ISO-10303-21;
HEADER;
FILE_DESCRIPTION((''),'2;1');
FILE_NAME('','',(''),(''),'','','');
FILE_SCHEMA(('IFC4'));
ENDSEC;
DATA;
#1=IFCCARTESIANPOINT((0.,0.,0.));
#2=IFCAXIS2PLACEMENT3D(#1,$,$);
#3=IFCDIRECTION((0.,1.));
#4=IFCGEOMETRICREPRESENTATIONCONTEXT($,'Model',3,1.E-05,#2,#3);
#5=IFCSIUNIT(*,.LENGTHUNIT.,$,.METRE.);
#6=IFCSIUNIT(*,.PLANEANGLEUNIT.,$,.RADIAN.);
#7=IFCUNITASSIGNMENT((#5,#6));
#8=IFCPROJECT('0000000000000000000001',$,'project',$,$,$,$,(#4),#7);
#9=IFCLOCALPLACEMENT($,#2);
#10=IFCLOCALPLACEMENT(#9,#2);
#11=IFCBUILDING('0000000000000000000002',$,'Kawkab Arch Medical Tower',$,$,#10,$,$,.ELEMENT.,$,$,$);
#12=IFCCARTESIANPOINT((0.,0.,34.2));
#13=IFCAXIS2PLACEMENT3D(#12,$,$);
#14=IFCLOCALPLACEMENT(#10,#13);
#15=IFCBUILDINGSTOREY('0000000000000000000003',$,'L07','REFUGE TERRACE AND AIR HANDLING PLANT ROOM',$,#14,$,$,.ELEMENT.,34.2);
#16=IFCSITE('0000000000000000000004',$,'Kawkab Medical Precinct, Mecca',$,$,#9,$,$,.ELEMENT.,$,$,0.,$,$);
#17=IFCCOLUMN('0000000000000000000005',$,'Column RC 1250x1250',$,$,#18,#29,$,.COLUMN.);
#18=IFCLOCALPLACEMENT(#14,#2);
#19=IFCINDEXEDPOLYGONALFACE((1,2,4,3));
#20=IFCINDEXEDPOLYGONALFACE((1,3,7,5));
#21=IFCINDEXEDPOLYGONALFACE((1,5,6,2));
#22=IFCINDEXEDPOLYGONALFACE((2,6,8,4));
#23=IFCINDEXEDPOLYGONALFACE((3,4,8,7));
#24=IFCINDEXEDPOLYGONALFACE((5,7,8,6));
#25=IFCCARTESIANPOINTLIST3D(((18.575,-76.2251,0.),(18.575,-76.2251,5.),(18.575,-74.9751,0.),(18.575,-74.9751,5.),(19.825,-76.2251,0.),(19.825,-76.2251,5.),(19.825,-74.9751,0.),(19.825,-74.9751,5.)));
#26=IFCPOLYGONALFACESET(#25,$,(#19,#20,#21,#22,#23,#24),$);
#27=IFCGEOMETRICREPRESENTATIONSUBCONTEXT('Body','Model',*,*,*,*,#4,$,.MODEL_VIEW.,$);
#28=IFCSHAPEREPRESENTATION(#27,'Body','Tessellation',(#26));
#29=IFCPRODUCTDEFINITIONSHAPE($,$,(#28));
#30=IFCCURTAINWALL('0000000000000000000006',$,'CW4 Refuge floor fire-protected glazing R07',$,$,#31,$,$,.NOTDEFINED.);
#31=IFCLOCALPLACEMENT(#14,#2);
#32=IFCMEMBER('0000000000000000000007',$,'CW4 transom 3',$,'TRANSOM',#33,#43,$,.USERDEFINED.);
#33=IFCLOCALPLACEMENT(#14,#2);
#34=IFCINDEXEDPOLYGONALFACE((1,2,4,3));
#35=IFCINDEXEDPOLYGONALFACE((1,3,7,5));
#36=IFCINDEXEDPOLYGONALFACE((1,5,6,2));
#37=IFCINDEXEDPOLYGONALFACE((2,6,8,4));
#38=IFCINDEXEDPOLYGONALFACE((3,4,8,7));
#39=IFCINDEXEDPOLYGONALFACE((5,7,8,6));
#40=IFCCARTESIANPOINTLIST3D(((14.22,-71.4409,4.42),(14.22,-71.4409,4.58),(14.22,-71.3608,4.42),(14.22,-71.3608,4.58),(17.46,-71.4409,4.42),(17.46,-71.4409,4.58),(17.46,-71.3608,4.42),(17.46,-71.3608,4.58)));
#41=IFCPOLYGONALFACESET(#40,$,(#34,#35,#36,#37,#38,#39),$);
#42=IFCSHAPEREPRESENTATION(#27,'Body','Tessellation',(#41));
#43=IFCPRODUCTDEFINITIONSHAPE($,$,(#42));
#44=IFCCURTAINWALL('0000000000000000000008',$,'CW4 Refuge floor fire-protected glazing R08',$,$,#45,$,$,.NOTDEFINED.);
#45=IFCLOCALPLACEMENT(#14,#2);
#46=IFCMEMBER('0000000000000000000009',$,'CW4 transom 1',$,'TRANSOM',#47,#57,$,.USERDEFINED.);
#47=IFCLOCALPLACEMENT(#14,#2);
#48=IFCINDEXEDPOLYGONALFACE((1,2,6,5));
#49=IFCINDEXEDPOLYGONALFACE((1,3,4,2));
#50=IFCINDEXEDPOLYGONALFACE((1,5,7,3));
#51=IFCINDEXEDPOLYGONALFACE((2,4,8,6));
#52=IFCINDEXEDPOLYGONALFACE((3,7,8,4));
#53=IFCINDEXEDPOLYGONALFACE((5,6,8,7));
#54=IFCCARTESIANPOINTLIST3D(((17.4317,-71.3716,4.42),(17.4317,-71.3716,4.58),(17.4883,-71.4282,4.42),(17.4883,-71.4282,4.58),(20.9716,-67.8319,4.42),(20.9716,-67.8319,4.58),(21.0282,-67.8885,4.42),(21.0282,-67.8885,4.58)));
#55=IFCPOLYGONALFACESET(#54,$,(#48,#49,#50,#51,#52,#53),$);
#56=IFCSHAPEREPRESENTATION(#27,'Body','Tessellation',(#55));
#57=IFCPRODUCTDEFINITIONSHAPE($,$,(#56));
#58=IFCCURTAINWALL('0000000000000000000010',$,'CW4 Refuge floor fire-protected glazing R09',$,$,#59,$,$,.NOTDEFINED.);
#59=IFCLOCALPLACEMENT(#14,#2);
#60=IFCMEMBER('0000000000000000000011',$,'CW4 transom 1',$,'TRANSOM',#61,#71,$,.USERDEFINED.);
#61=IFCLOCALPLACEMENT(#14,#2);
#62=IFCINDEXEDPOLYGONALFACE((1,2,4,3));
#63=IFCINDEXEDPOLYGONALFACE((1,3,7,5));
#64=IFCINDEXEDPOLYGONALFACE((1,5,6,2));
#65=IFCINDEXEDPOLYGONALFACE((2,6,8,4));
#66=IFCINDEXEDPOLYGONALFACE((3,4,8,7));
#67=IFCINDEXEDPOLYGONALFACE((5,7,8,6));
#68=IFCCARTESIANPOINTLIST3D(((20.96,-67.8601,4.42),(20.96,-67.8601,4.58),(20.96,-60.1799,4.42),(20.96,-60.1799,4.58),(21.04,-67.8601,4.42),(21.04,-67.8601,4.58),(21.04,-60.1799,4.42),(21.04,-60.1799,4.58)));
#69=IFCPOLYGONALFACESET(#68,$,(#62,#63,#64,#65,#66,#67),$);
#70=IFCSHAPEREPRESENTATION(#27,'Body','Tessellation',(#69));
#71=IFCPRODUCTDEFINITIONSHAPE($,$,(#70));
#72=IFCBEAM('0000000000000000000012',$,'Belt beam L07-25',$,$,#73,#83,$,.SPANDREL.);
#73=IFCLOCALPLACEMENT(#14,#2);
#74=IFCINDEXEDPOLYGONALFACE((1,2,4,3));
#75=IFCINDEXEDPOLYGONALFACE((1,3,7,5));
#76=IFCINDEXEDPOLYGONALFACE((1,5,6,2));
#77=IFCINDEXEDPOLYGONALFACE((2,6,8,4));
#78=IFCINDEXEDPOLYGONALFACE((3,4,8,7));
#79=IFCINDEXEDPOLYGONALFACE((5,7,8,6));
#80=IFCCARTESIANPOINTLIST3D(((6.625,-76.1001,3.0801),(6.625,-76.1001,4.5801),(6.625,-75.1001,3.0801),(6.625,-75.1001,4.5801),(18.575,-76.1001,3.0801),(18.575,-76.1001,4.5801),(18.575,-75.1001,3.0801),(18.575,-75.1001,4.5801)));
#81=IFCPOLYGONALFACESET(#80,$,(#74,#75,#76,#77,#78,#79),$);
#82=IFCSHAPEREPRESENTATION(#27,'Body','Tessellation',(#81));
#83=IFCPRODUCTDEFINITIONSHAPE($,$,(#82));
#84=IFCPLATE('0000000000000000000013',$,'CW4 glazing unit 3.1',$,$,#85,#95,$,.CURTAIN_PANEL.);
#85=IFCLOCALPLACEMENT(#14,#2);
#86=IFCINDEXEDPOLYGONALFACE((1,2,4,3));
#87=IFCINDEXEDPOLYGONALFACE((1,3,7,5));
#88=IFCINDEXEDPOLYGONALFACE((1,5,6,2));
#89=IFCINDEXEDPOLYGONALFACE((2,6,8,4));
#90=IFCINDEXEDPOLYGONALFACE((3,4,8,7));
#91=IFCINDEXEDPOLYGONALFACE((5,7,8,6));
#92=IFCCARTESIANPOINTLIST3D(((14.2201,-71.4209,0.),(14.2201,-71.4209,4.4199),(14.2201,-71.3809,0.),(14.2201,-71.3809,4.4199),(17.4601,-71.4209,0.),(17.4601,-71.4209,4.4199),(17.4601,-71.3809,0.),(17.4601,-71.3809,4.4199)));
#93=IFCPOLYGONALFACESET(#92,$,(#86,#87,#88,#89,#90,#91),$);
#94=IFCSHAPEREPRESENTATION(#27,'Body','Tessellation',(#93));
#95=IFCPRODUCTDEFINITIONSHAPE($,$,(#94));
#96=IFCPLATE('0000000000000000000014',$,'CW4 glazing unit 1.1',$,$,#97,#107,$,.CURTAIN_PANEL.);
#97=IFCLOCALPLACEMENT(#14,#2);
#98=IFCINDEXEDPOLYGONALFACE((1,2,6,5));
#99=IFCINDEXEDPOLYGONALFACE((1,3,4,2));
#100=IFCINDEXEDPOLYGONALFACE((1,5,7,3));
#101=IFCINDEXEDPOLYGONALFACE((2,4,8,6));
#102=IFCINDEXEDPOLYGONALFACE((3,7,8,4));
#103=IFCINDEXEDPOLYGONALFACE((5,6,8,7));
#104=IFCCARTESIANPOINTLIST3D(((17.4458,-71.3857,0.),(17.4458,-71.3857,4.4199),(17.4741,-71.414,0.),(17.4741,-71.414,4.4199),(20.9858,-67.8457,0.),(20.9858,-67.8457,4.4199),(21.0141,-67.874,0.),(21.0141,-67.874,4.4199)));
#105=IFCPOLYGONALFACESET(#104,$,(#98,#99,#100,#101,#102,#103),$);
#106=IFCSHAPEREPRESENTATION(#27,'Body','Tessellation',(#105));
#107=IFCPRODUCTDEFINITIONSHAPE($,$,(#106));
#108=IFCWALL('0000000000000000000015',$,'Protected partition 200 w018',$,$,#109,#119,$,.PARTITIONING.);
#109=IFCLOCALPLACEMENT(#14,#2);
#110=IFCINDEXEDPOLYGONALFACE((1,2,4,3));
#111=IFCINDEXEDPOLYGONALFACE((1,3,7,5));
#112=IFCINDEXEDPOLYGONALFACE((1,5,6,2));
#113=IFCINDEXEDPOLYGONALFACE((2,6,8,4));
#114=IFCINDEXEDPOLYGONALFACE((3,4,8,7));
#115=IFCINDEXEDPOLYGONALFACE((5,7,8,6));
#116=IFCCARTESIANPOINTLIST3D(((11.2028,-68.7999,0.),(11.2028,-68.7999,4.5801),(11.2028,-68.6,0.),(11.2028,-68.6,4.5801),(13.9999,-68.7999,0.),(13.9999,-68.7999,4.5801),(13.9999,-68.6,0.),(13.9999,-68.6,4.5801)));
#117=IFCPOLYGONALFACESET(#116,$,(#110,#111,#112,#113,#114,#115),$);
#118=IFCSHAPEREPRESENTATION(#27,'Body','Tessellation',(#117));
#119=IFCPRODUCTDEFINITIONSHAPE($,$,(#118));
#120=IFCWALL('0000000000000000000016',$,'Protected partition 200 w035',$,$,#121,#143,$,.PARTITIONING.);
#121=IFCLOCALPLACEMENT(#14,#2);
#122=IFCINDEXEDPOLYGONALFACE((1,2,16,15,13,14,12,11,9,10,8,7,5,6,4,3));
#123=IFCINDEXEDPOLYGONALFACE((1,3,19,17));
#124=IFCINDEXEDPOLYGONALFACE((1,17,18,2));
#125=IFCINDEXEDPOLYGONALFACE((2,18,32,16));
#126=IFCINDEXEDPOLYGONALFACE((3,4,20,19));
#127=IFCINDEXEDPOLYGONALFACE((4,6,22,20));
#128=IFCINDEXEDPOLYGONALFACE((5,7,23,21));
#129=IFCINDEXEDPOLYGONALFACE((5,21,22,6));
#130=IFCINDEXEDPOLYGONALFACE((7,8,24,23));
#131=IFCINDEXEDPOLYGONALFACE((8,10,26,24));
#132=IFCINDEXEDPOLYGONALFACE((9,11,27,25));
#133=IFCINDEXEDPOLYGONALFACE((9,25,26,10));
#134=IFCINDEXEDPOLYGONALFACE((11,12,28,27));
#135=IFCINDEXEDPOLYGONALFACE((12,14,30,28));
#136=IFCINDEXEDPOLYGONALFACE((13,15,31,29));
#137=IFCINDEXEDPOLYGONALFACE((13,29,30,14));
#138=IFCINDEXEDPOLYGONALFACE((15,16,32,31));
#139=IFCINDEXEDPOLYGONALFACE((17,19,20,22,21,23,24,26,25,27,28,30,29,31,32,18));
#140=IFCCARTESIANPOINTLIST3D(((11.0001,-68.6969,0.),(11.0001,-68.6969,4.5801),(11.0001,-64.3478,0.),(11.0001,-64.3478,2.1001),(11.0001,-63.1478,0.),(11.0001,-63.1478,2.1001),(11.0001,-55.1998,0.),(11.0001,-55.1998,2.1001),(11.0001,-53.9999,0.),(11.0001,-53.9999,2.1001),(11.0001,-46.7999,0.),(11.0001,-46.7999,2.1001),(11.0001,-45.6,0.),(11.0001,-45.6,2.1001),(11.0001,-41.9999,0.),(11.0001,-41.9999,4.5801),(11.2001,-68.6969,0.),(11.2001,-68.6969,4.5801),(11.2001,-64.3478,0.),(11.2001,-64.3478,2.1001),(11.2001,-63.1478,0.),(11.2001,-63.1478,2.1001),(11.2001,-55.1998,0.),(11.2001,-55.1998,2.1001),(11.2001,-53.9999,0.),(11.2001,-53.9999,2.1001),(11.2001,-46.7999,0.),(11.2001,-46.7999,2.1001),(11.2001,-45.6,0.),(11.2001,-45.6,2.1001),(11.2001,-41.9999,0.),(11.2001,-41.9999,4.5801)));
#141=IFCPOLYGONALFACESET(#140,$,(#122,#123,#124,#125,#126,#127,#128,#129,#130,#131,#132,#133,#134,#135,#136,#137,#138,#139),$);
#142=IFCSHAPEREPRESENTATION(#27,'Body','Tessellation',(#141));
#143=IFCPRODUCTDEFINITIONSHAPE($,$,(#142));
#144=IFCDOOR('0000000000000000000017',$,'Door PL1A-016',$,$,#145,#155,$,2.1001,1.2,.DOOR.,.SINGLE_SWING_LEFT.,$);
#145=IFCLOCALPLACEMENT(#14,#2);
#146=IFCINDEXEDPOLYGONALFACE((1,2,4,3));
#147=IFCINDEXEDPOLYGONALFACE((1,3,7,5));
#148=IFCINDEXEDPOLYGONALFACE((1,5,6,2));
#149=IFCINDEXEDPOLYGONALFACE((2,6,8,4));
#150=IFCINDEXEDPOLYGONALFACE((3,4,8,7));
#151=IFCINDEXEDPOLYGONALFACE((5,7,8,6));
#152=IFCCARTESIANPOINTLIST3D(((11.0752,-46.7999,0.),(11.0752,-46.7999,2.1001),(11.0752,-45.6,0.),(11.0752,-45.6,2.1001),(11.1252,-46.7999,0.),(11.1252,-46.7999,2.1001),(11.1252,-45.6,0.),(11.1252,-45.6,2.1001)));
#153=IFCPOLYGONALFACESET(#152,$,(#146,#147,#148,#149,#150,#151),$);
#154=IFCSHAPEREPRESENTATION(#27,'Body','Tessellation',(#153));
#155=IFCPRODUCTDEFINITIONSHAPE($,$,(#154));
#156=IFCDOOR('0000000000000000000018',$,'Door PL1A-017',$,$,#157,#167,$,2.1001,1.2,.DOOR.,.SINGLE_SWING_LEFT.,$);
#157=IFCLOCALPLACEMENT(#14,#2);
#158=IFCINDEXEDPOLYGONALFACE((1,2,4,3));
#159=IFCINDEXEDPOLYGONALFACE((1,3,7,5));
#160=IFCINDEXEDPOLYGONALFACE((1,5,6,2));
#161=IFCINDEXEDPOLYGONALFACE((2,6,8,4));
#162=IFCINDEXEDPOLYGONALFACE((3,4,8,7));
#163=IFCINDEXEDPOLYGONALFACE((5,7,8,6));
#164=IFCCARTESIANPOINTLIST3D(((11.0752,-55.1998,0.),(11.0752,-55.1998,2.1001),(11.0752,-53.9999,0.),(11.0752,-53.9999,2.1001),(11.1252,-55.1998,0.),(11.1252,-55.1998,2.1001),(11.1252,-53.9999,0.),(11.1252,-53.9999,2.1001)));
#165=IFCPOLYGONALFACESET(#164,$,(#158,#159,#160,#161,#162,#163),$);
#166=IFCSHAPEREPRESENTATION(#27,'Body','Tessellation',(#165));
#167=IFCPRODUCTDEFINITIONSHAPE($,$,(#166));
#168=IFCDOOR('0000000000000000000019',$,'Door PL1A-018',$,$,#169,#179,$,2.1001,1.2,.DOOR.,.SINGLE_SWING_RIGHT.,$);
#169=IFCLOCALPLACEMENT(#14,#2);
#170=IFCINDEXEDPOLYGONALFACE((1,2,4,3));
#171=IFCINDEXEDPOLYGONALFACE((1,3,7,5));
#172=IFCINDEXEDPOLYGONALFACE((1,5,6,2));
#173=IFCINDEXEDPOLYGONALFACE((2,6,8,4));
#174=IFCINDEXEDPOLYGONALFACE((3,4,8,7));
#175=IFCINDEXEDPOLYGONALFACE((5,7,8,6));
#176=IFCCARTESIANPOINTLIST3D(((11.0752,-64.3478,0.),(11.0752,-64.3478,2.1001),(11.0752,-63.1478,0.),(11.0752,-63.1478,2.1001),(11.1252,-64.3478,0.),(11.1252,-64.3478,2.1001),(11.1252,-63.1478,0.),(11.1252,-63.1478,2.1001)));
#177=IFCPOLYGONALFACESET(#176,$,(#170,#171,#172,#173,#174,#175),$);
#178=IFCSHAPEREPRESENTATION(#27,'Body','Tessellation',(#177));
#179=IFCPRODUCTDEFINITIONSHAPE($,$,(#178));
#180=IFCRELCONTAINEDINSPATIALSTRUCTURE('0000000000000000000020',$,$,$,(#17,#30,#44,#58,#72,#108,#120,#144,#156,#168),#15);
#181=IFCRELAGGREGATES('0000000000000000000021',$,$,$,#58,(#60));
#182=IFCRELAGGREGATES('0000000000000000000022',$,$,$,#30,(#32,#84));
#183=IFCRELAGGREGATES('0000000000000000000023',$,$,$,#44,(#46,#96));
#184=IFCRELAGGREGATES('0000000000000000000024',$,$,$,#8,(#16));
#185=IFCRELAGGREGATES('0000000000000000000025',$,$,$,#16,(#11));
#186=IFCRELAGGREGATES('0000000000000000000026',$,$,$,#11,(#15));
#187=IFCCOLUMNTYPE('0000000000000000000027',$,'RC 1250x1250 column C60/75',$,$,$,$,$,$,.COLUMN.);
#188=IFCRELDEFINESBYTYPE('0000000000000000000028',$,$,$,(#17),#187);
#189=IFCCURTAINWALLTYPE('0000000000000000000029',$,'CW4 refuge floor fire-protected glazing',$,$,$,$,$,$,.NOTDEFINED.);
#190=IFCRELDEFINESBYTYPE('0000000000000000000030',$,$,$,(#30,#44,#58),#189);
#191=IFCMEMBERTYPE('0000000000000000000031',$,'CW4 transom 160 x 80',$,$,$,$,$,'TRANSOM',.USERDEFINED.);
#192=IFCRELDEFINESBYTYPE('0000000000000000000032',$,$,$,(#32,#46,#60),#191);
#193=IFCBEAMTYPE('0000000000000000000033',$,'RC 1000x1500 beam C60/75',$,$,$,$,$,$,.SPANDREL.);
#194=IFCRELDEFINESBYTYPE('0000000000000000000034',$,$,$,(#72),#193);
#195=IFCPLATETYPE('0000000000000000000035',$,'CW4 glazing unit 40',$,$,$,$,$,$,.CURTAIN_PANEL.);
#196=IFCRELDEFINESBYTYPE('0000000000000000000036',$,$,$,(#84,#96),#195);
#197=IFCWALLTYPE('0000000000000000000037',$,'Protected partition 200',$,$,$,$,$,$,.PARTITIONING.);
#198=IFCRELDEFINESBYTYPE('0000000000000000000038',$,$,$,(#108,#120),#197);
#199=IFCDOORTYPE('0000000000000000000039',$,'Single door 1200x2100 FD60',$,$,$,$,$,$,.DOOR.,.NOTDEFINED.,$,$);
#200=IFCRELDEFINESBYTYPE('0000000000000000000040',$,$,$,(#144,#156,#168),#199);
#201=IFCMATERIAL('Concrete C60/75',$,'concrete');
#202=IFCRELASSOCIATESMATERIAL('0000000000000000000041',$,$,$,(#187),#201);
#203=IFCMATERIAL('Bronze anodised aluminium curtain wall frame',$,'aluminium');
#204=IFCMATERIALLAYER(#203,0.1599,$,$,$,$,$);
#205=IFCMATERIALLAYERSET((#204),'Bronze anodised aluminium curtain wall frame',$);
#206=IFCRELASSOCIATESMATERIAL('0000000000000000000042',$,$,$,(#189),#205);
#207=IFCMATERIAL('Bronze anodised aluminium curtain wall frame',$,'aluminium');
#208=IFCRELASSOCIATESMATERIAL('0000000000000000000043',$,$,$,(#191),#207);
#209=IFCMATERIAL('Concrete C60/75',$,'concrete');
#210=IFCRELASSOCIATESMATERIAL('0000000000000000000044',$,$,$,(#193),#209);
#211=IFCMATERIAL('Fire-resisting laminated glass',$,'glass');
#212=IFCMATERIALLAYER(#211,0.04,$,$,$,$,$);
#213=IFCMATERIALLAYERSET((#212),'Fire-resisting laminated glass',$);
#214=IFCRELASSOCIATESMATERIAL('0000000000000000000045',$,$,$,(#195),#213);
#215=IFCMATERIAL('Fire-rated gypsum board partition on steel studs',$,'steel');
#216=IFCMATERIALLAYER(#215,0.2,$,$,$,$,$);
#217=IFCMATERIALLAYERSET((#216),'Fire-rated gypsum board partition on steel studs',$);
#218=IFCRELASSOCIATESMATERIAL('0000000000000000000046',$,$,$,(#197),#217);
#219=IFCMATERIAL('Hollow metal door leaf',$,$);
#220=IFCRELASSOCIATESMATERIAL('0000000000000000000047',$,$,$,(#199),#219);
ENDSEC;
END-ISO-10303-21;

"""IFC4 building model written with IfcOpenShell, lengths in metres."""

from ifc_helpers import new_model, si_unit, direction, frame, frame_2d, origin, origin_2d, place, context, subcontext, project, spatial, rectangle, extrude, material, layer, layer_set, material_profile, profile_set, type_object, element, fill, aggregate, save


model = new_model("IFC4")

# Units and contexts
model_context = context("Model", 3, precision=1e-05, world=origin(), true_north=direction((0.0, 1.0)))
body_context = subcontext(model_context, "Body", "Model", "MODEL_VIEW")
ifc_project = project(units=[si_unit("LENGTHUNIT", "METRE"), si_unit("PLANEANGLEUNIT", "RADIAN")], contexts=[model_context])

# Site, building, storey
site_placement = place(None, origin())
site = spatial("IfcSite", under=ifc_project, at=site_placement, Name="Kawkab Medical Precinct, Mecca", CompositionType="ELEMENT", RefElevation=0.0)
building_placement = place(site_placement, origin())
building = spatial("IfcBuilding", under=site, at=building_placement, Name="Kawkab Arch Medical Tower", CompositionType="ELEMENT")
storey_placement = place(building_placement, frame((0.0, 0.0, 34.2)))
storey = spatial("IfcBuildingStorey", under=building, at=storey_placement, Name="L07", Description="REFUGE TERRACE AND AIR HANDLING PLANT ROOM", CompositionType="ELEMENT", Elevation=34.2)

# Column
ifc_material_1 = material(Name="Concrete C60/75", Category="concrete")
ifc_material_profile_1 = material_profile(ifc_material_1, rectangle(XDim=1.25, YDim=1.25, at=origin_2d()), Name="RC 1250x1250")
ifc_profile_set_1 = profile_set([ifc_material_profile_1], Name="Concrete C60/75")
column_type = type_object("IfcColumnType", Name="RC 1250x1250 column C60/75", PredefinedType="COLUMN", material=ifc_profile_set_1)
column_placement = place(storey_placement, frame((19.2, -75.6001, 0.0), z_axis=(0.0, 0.0, 1.0), x_axis=(1.0, 0.0, 0.0)))
element("IfcColumn", 1, at=column_placement, inside=storey, type_object=column_type, Name="Column RC 1250x1250", PredefinedType="COLUMN", context=body_context, shape_type="SweptSolid", body=[
    extrude(rectangle(XDim=1.25, YDim=1.25, at=origin_2d()), origin(), (0.0, 0.0, 1.0), 5.0),
])

# Curtain walls, members
ifc_material_2 = material(Name="Bronze anodised aluminium curtain wall frame", Category="aluminium")
ifc_layer_1 = layer(ifc_material_2, 0.1599)
ifc_layer_set_1 = layer_set([ifc_layer_1], Name="Bronze anodised aluminium curtain wall frame")
curtain_wall_type = type_object("IfcCurtainWallType", Name="CW4 refuge floor fire-protected glazing", PredefinedType="NOTDEFINED", material=ifc_layer_set_1)
placement = place(storey_placement, origin())
curtain_wall_1 = element("IfcCurtainWall", 2, at=placement, inside=storey, type_object=curtain_wall_type, Name="CW4 Refuge floor fire-protected glazing R07", PredefinedType="NOTDEFINED")
ifc_material_3 = material(Name="Bronze anodised aluminium curtain wall frame", Category="aluminium")
ifc_material_profile_2 = material_profile(ifc_material_3, rectangle(XDim=0.0801, YDim=0.1599, at=origin_2d()), Name="AL 80x160")
ifc_profile_set_2 = profile_set([ifc_material_profile_2], Name="Bronze anodised aluminium curtain wall frame")
member_type = type_object("IfcMemberType", Name="CW4 transom 160 x 80", ElementType="TRANSOM", PredefinedType="USERDEFINED", material=ifc_profile_set_2)
member_1_placement = place(storey_placement, frame((14.22, -71.4009, 4.5), z_axis=(1.0, 0.0, 0.0), x_axis=(0.0, 1.0, 0.0)))
member_1 = element("IfcMember", 3, at=member_1_placement, type_object=member_type, Name="CW4 transom 3", ObjectType="TRANSOM", PredefinedType="USERDEFINED", context=body_context, shape_type="SweptSolid", body=[
    extrude(rectangle(XDim=0.0801, YDim=0.1599, at=origin_2d()), origin(), (0.0, 0.0, 1.0), 3.24),
])
curtain_wall_2 = element("IfcCurtainWall", 4, at=placement, inside=storey, type_object=curtain_wall_type, Name="CW4 Refuge floor fire-protected glazing R08", PredefinedType="NOTDEFINED")
member_2_placement = place(storey_placement, frame((17.46, -71.3999, 4.5), z_axis=(0.707131, 0.707082, 0.0), x_axis=(-0.707082, 0.707131, 0.0)))
member_2 = element("IfcMember", 5, at=member_2_placement, type_object=member_type, Name="CW4 transom 1", ObjectType="TRANSOM", PredefinedType="USERDEFINED", context=body_context, shape_type="SweptSolid", body=[
    extrude(rectangle(XDim=0.0801, YDim=0.1599, at=origin_2d()), origin(), (0.0, 0.0, 1.0), 5.0061),
])
curtain_wall_3 = element("IfcCurtainWall", 6, at=placement, inside=storey, type_object=curtain_wall_type, Name="CW4 Refuge floor fire-protected glazing R09", PredefinedType="NOTDEFINED")
member_3_placement = place(storey_placement, frame((21.0, -67.8601, 4.5), z_axis=(0.0, 1.0, 0.0), x_axis=(-1.0, 0.0, 0.0)))
member_3 = element("IfcMember", 7, at=member_3_placement, type_object=member_type, Name="CW4 transom 1", ObjectType="TRANSOM", PredefinedType="USERDEFINED", context=body_context, shape_type="SweptSolid", body=[
    extrude(rectangle(XDim=0.0801, YDim=0.1599, at=origin_2d()), origin(), (0.0, 0.0, 1.0), 7.6802),
])
aggregate(curtain_wall_3, [member_3])

# Beam
ifc_material_4 = material(Name="Concrete C60/75", Category="concrete")
ifc_material_profile_3 = material_profile(ifc_material_4, rectangle(XDim=1.0, YDim=1.5, at=origin_2d()), Name="RC 1000x1500")
ifc_profile_set_3 = profile_set([ifc_material_profile_3], Name="Concrete C60/75")
beam_type = type_object("IfcBeamType", Name="RC 1000x1500 beam C60/75", PredefinedType="SPANDREL", material=ifc_profile_set_3)
beam_placement = place(storey_placement, frame((18.575, -75.6001, 3.8301), z_axis=(-1.0, 0.0, 0.0), x_axis=(0.0, -1.0, 0.0)))
element("IfcBeam", 8, at=beam_placement, inside=storey, type_object=beam_type, Name="Belt beam L07-25", PredefinedType="SPANDREL", context=body_context, shape_type="SweptSolid", body=[
    extrude(rectangle(XDim=1.0, YDim=1.5, at=origin_2d()), origin(), (0.0, 0.0, 1.0), 11.95),
])

# Plates
ifc_material_5 = material(Name="Fire-resisting laminated glass", Category="glass")
ifc_layer_2 = layer(ifc_material_5, 0.04)
ifc_layer_set_2 = layer_set([ifc_layer_2], Name="Fire-resisting laminated glass")
plate_type = type_object("IfcPlateType", Name="CW4 glazing unit 40", PredefinedType="CURTAIN_PANEL", material=ifc_layer_set_2)
plate_1_placement = place(storey_placement, frame((15.8401, -71.4009, 0.0), z_axis=(0.0, 0.0, 1.0), x_axis=(1.0, 0.0, 0.0)))
plate_1 = element("IfcPlate", 9, at=plate_1_placement, type_object=plate_type, Name="CW4 glazing unit 3.1", PredefinedType="CURTAIN_PANEL", context=body_context, shape_type="SweptSolid", body=[
    extrude(rectangle(XDim=3.24, YDim=0.04, at=origin_2d()), origin(), (0.0, 0.0, 1.0), 4.4199),
])
aggregate(curtain_wall_1, [member_1, plate_1])
plate_2_placement = place(storey_placement, frame((19.23, -69.6299, 0.0), z_axis=(0.0, 0.0, 1.0), x_axis=(0.707107, 0.707107, 0.0)))
plate_2 = element("IfcPlate", 10, at=plate_2_placement, type_object=plate_type, Name="CW4 glazing unit 1.1", PredefinedType="CURTAIN_PANEL", context=body_context, shape_type="SweptSolid", body=[
    extrude(rectangle(XDim=5.0063, YDim=0.04, at=origin_2d()), origin(), (0.0, 0.0, 1.0), 4.4199),
])
aggregate(curtain_wall_2, [member_2, plate_2])

# Wall
ifc_material_6 = material(Name="Fire-rated gypsum board partition on steel studs", Category="steel")
ifc_layer_3 = layer(ifc_material_6, 0.2)
ifc_layer_set_3 = layer_set([ifc_layer_3], Name="Fire-rated gypsum board partition on steel studs")
wall_type = type_object("IfcWallType", Name="Protected partition 200", PredefinedType="PARTITIONING", material=ifc_layer_set_3)
wall_1_placement = place(storey_placement, frame((11.2029, -68.7, 0.0), z_axis=(0.0, 0.0, 1.0), x_axis=(1.0, 0.0, 0.0)))
element("IfcWall", 11, at=wall_1_placement, inside=storey, type_object=wall_type, Name="Protected partition 200 w018", PredefinedType="PARTITIONING", context=body_context, shape_type="SweptSolid", body=[
    extrude(rectangle(XDim=2.7971, YDim=0.2, at=frame_2d((1.3984, 0.0))), origin(), (0.0, 0.0, 1.0), 4.5801),
])

# Wall, openings, doors
wall_2_placement = place(storey_placement, frame((11.1001, -68.697, 0.0), z_axis=(0.0, 0.0, 1.0), x_axis=(0.0, 1.0, 0.0)))
wall_2 = element("IfcWall", 12, at=wall_2_placement, inside=storey, type_object=wall_type, Name="Protected partition 200 w035", PredefinedType="PARTITIONING", context=body_context, shape_type="SweptSolid", body=[
    extrude(rectangle(XDim=26.697, YDim=0.2, at=frame_2d((13.3486, 0.0))), origin(), (0.0, 0.0, 1.0), 4.5801),
])
opening_1_placement = place(wall_2_placement, frame((21.897, 0.0, 0.0)))
opening_1 = element("IfcOpeningElement", 13, at=opening_1_placement, cuts=wall_2, PredefinedType="OPENING", context=body_context, shape_type="SweptSolid", body=[
    extrude(rectangle(XDim=1.2, YDim=2.1001, at=frame_2d((0.6001, 1.05))), frame((0.0, 0.1099, 0.0), z_axis=(0.0, -1.0, 0.0), x_axis=(1.0, 0.0, 0.0)), (0.0, 0.0, 1.0), 0.22),
])
opening_2_placement = place(wall_2_placement, frame((13.4971, 0.0, 0.0)))
opening_2 = element("IfcOpeningElement", 14, at=opening_2_placement, cuts=wall_2, PredefinedType="OPENING", context=body_context, shape_type="SweptSolid", body=[
    extrude(rectangle(XDim=1.2, YDim=2.1001, at=frame_2d((0.6001, 1.05))), frame((0.0, 0.1099, 0.0), z_axis=(0.0, -1.0, 0.0), x_axis=(1.0, 0.0, 0.0)), (0.0, 0.0, 1.0), 0.22),
])
opening_3_placement = place(wall_2_placement, frame((4.3491, 0.0, 0.0)))
opening_3 = element("IfcOpeningElement", 15, at=opening_3_placement, cuts=wall_2, PredefinedType="OPENING", context=body_context, shape_type="SweptSolid", body=[
    extrude(rectangle(XDim=1.2, YDim=2.1001, at=frame_2d((0.6001, 1.05))), frame((0.0, 0.1099, 0.0), z_axis=(0.0, -1.0, 0.0), x_axis=(1.0, 0.0, 0.0)), (0.0, 0.0, 1.0), 0.22),
])
ifc_material_7 = material(Name="Hollow metal door leaf")
door_type_1 = type_object("IfcDoorType", Name="Single door 1200x2100 FD60", OperationType="NOTDEFINED", PredefinedType="DOOR", material=ifc_material_7)
door_1_placement = place(opening_1_placement, origin())
door_1 = element("IfcDoor", 16, at=door_1_placement, inside=storey, type_object=door_type_1, Name="Door PL1A-016", OperationType="SINGLE_SWING_LEFT", OverallHeight=2.1001, OverallWidth=1.2, PredefinedType="DOOR", context=body_context, shape_type="SweptSolid", body=[
    extrude(rectangle(XDim=1.2, YDim=2.1001, at=frame_2d((0.6001, 1.05))), frame((0.0, 0.0249, 0.0), z_axis=(0.0, -1.0, 0.0), x_axis=(1.0, 0.0, 0.0)), (0.0, 0.0, 1.0), 0.05),
])
fill(opening_1, door_1)
door_2_placement = place(opening_2_placement, origin())
door_2 = element("IfcDoor", 17, at=door_2_placement, inside=storey, type_object=door_type_1, Name="Door PL1A-017", OperationType="SINGLE_SWING_LEFT", OverallHeight=2.1001, OverallWidth=1.2, PredefinedType="DOOR", context=body_context, shape_type="SweptSolid", body=[
    extrude(rectangle(XDim=1.2, YDim=2.1001, at=frame_2d((0.6001, 1.05))), frame((0.0, 0.0249, 0.0), z_axis=(0.0, -1.0, 0.0), x_axis=(1.0, 0.0, 0.0)), (0.0, 0.0, 1.0), 0.05),
])
fill(opening_2, door_2)
door_3_placement = place(opening_3_placement, origin())
door_3 = element("IfcDoor", 18, at=door_3_placement, inside=storey, type_object=door_type_1, Name="Door PL1A-018", OperationType="SINGLE_SWING_RIGHT", OverallHeight=2.1001, OverallWidth=1.2, PredefinedType="DOOR", context=body_context, shape_type="SweptSolid", body=[
    extrude(rectangle(XDim=1.2, YDim=2.1001, at=frame_2d((0.6001, 1.05))), frame((0.0, 0.0249, 0.0), z_axis=(0.0, -1.0, 0.0), x_axis=(1.0, 0.0, 0.0)), (0.0, 0.0, 1.0), 0.05),
])
fill(opening_3, door_3)

save(model, "model.ifc")
